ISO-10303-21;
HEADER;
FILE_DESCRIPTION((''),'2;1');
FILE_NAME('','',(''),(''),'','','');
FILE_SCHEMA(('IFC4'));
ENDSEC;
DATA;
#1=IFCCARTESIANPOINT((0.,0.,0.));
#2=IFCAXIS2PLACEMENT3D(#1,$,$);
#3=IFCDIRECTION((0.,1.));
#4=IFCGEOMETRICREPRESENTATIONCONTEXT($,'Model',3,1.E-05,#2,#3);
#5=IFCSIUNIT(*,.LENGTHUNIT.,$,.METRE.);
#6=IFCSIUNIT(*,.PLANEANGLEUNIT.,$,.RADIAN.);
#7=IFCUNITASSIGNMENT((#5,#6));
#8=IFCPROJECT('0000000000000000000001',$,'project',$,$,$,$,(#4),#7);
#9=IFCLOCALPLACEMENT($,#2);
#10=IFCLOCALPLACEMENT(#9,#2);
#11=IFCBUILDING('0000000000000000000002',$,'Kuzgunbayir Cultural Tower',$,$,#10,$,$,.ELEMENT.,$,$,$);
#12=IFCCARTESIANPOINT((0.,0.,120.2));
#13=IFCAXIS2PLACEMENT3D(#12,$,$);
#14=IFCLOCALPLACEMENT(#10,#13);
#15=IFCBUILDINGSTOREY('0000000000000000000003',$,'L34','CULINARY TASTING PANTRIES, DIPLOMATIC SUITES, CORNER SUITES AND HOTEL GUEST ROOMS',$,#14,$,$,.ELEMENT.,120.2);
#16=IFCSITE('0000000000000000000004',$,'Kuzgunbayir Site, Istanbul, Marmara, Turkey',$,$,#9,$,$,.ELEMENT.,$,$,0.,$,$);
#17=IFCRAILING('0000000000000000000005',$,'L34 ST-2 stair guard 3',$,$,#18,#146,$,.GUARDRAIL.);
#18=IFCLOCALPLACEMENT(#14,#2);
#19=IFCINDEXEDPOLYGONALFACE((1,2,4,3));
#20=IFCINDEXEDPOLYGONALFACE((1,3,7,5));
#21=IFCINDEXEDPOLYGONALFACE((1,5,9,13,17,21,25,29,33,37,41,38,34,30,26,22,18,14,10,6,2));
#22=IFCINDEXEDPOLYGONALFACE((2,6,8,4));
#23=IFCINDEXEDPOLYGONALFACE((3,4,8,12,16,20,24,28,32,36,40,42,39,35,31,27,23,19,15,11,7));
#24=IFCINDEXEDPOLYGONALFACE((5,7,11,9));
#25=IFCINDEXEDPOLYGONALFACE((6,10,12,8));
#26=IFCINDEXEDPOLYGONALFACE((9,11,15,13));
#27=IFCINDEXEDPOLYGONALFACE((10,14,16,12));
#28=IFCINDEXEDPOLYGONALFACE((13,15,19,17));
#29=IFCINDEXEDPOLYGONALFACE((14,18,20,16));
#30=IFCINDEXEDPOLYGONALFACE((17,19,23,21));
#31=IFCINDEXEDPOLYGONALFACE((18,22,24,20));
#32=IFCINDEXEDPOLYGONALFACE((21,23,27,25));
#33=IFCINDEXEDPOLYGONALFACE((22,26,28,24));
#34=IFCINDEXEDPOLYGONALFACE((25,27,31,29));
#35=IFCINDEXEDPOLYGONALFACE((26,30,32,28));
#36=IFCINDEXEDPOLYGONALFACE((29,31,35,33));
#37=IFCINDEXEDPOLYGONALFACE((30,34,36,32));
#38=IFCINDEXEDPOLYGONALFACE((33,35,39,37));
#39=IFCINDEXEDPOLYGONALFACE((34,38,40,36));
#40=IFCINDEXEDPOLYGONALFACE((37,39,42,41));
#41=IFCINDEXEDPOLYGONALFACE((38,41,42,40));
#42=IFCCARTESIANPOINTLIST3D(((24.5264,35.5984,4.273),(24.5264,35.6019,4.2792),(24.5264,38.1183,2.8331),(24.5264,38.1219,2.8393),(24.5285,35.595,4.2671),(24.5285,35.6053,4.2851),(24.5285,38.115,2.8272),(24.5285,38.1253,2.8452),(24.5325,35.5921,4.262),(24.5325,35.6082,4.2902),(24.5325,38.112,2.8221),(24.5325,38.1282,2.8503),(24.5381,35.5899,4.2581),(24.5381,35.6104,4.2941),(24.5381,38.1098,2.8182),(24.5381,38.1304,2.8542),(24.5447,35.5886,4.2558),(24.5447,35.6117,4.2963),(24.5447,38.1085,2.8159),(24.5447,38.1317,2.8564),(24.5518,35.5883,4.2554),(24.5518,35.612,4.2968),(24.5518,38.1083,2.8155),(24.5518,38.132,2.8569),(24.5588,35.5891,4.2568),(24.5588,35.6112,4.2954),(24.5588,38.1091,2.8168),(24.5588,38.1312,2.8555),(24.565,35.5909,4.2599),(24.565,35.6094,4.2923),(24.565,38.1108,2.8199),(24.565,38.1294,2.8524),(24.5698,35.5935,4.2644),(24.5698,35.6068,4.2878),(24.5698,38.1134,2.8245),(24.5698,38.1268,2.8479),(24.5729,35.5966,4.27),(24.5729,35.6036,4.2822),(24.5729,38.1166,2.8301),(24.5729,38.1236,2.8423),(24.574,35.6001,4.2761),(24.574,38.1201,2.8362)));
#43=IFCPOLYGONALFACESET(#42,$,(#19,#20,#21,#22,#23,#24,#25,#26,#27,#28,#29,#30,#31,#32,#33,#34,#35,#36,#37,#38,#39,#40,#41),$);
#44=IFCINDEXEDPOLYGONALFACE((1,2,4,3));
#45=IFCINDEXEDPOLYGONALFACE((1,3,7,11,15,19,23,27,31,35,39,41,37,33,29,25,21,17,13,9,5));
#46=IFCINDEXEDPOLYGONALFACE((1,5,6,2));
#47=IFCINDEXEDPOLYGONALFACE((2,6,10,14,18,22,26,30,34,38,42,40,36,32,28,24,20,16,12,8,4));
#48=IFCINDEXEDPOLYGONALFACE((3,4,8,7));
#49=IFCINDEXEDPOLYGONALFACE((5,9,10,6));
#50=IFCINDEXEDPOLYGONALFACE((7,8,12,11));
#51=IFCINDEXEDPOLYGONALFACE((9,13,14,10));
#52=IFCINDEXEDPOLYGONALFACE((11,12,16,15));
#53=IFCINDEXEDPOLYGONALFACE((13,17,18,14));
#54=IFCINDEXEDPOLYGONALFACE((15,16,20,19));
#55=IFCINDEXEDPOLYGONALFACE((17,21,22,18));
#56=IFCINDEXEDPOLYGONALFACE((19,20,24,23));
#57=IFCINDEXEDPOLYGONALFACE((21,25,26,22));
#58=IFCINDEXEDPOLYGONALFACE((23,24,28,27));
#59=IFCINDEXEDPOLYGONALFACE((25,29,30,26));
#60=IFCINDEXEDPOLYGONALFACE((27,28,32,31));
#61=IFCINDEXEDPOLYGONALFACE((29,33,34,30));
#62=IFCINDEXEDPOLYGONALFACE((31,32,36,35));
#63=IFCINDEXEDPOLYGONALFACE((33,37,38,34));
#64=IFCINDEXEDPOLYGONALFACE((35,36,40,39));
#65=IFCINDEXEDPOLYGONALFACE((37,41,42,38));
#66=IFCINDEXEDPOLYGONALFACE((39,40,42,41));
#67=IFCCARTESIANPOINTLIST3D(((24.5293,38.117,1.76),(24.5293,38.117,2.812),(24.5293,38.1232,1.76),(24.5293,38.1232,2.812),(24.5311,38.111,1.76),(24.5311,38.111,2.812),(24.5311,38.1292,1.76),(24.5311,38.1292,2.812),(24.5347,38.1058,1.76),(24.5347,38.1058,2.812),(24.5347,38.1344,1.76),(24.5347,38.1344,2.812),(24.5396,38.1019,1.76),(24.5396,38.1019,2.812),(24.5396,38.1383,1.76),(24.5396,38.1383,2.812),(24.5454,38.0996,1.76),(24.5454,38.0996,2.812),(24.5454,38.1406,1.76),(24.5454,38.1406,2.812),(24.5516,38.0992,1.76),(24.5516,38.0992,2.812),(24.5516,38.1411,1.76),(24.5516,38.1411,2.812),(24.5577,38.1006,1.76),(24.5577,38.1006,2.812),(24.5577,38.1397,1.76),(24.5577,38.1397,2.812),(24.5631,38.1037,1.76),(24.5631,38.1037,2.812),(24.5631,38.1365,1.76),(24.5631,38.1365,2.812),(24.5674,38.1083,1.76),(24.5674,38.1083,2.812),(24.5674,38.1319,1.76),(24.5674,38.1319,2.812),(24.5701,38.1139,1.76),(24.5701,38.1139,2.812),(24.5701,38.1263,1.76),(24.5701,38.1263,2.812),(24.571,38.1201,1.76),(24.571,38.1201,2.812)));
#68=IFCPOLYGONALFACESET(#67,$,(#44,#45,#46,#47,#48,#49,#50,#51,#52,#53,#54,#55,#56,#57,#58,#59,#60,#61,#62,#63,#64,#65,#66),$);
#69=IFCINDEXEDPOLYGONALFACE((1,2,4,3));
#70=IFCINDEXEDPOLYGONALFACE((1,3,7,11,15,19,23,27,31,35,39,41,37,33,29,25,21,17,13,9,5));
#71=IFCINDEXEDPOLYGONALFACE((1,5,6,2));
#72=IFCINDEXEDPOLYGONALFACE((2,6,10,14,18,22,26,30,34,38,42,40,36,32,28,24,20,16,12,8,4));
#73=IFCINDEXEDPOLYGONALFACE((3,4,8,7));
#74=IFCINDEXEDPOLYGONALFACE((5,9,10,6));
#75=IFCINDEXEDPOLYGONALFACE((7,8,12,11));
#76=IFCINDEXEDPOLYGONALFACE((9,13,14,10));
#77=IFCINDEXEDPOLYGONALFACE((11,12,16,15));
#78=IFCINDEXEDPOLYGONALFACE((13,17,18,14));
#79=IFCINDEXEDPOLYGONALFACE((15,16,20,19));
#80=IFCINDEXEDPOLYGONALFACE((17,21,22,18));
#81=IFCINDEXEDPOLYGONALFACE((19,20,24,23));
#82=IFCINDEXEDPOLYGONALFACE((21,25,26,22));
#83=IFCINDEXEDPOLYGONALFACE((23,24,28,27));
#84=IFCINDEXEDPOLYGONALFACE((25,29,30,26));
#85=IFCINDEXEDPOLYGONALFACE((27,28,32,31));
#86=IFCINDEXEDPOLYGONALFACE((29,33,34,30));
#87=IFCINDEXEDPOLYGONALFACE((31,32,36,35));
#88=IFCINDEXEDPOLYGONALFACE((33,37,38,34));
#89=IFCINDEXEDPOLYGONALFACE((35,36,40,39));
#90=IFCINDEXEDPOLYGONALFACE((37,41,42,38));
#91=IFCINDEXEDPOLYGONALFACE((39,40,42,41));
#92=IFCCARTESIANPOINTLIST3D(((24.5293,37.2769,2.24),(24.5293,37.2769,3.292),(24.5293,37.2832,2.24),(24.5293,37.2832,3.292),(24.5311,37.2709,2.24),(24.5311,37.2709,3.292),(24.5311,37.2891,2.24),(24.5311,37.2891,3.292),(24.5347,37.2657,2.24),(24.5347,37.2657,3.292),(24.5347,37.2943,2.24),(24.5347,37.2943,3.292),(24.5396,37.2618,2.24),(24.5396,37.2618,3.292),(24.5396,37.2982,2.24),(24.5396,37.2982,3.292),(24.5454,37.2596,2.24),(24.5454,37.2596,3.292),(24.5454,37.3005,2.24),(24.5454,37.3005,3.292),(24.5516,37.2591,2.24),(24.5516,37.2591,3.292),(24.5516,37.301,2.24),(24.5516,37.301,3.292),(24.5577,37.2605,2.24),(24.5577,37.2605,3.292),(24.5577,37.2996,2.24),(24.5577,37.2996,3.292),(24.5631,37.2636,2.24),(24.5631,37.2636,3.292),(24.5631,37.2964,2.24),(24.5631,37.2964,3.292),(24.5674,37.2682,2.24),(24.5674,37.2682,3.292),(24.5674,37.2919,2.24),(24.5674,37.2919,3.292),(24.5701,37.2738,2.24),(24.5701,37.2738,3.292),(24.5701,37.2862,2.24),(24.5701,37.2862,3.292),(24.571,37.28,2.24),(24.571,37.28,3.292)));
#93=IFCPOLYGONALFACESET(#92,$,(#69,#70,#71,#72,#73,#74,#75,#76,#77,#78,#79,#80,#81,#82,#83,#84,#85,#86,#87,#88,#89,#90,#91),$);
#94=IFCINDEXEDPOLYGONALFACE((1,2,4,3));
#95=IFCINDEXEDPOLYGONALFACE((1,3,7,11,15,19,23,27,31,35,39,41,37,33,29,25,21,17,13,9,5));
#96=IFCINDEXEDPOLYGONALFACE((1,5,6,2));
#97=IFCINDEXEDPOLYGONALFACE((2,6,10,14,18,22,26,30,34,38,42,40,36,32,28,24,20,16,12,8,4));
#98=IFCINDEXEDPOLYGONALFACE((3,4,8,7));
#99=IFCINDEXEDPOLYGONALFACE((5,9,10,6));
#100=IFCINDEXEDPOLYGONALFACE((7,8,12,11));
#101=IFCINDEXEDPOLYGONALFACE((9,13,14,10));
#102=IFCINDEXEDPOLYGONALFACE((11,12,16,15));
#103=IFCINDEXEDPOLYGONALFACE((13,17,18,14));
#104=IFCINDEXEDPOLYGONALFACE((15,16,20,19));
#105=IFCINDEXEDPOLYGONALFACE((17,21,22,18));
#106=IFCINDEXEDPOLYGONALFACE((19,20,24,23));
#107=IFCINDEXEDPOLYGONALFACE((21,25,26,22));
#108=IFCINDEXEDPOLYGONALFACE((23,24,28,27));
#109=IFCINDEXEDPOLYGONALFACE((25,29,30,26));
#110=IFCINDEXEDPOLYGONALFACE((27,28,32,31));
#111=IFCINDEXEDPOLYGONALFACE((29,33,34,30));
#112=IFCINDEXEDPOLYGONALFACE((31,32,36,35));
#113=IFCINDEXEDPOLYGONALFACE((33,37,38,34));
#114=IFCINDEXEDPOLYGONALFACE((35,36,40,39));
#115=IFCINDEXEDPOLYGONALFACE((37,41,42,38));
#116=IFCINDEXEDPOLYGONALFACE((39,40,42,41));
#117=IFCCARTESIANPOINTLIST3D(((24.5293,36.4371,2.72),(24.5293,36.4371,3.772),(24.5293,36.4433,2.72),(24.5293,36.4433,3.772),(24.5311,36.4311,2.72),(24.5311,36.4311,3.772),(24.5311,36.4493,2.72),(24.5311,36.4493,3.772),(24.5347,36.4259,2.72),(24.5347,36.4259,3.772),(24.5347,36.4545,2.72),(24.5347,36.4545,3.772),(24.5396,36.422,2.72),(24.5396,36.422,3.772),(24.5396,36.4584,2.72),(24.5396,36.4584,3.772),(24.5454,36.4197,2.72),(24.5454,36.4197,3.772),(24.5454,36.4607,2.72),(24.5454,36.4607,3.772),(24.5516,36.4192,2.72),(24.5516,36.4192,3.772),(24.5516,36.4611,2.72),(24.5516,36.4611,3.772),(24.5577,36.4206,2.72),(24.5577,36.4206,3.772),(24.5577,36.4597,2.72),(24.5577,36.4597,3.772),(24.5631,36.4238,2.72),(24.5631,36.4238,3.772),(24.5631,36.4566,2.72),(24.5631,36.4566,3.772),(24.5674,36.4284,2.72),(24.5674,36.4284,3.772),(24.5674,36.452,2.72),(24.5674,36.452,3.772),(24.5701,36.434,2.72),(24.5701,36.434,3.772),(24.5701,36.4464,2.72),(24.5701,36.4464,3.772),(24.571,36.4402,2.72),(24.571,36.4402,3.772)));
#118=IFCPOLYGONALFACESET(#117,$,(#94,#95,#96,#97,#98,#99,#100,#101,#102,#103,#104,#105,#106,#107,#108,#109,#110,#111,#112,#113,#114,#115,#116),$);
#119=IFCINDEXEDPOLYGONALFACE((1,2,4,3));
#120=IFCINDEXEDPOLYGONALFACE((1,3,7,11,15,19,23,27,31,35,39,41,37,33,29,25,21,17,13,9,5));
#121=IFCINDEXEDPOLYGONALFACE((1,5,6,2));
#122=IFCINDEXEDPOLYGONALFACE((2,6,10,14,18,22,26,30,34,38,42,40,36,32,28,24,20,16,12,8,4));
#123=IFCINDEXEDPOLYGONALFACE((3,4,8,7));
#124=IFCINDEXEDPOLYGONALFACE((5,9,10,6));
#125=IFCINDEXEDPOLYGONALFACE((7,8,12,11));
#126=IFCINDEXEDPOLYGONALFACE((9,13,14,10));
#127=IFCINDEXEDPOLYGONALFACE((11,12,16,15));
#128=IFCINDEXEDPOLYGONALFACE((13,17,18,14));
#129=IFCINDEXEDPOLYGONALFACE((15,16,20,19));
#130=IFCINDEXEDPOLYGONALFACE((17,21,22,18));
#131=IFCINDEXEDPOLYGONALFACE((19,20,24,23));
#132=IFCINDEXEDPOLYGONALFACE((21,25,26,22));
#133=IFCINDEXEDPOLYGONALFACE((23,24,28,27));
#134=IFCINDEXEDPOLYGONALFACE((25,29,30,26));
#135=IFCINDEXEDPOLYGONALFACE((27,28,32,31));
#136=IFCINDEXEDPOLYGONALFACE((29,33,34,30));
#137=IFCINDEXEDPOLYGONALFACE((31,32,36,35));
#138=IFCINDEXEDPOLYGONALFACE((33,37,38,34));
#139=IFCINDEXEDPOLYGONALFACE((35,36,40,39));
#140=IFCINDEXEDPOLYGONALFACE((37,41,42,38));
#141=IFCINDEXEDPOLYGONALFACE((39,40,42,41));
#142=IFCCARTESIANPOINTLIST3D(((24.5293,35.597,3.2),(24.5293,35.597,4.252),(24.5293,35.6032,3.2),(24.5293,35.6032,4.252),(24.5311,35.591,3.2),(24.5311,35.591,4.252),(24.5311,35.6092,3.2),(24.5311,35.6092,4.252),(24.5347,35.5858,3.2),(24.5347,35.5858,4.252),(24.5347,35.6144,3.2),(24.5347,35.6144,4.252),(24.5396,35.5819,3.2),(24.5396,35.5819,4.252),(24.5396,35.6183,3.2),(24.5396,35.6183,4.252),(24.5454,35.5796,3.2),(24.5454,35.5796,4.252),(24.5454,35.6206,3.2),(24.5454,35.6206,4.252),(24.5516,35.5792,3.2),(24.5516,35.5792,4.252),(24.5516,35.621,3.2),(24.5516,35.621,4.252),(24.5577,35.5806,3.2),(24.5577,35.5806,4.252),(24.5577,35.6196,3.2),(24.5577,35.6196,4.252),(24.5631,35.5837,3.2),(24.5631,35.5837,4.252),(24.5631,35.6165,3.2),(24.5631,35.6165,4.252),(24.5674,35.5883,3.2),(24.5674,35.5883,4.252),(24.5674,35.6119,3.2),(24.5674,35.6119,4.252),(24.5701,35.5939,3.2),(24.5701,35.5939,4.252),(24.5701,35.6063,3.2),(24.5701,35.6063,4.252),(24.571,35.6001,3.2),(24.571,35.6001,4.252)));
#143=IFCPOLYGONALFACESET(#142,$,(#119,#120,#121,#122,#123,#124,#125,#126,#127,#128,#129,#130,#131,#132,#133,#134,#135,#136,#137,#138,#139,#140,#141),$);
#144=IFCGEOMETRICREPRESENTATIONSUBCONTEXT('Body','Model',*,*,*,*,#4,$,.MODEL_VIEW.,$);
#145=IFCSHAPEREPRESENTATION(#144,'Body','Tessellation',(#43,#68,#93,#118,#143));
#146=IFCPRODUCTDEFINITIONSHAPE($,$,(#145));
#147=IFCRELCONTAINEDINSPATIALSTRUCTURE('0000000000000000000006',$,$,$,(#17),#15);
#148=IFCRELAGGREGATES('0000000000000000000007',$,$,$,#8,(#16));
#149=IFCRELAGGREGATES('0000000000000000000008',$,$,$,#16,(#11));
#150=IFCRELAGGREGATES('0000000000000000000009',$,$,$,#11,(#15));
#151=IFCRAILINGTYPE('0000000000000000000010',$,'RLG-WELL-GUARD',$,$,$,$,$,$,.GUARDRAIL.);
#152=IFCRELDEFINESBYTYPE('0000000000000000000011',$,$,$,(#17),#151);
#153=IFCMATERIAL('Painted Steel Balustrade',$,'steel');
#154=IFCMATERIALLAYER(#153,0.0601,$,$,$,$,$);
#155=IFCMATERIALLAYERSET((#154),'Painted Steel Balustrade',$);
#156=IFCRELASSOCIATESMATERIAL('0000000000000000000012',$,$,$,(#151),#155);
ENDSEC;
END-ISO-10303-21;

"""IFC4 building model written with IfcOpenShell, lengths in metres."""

from ifc_helpers import new_model, si_unit, direction, frame, origin, origin_2d, place, context, subcontext, project, spatial, circle, extrude, material, layer, layer_set, type_object, element, save


model = new_model("IFC4")

# Units and contexts
model_context = context("Model", 3, precision=1e-05, world=origin(), true_north=direction((0.0, 1.0)))
body_context = subcontext(model_context, "Body", "Model", "MODEL_VIEW")
ifc_project = project(units=[si_unit("LENGTHUNIT", "METRE"), si_unit("PLANEANGLEUNIT", "RADIAN")], contexts=[model_context])

# Site, building, storey
site_placement = place(None, origin())
site = spatial("IfcSite", under=ifc_project, at=site_placement, Name="Kuzgunbayir Site, Istanbul, Marmara, Turkey", CompositionType="ELEMENT", RefElevation=0.0)
building_placement = place(site_placement, origin())
building = spatial("IfcBuilding", under=site, at=building_placement, Name="Kuzgunbayir Cultural Tower", CompositionType="ELEMENT")
storey_placement = place(building_placement, frame((0.0, 0.0, 120.2)))
storey = spatial("IfcBuildingStorey", under=building, at=storey_placement, Name="L34", Description="CULINARY TASTING PANTRIES, DIPLOMATIC SUITES, CORNER SUITES AND HOTEL GUEST ROOMS", CompositionType="ELEMENT", Elevation=120.2)

# Railing
ifc_material_1 = material(Name="Painted Steel Balustrade", Category="steel")
ifc_layer_1 = layer(ifc_material_1, 0.0601)
ifc_layer_set_1 = layer_set([ifc_layer_1], Name="Painted Steel Balustrade")
railing_type_1 = type_object("IfcRailingType", Name="RLG-WELL-GUARD", PredefinedType="GUARDRAIL", material=ifc_layer_set_1)
railing_1_placement = place(storey_placement, frame((24.55, 38.1201, 1.76)))
element("IfcRailing", 1, at=railing_1_placement, inside=storey, type_object=railing_type_1, Name="L34 ST-2 stair guard 3", PredefinedType="GUARDRAIL", context=body_context, shape_type="SweptSolid", body=[
    extrude(circle(Radius=0.0239, at=origin_2d()), frame((0.0, 0.0, 1.0762), z_axis=(0.0, -0.868253, 0.496121), x_axis=(1.0, 0.0, 0.0)), (0.0, 0.0, 1.0), 2.9023),
    extrude(circle(Radius=0.021, at=origin_2d()), origin(), (0.0, 0.0, 1.0), 1.052),
    extrude(circle(Radius=0.021, at=origin_2d()), frame((0.0, -0.8401, 0.48)), (0.0, 0.0, 1.0), 1.052),
    extrude(circle(Radius=0.021, at=origin_2d()), frame((0.0, -1.6799, 0.96)), (0.0, 0.0, 1.0), 1.052),
    extrude(circle(Radius=0.021, at=origin_2d()), frame((0.0, -2.52, 1.4399)), (0.0, 0.0, 1.0), 1.052),
])

save(model, "model.ifc")
